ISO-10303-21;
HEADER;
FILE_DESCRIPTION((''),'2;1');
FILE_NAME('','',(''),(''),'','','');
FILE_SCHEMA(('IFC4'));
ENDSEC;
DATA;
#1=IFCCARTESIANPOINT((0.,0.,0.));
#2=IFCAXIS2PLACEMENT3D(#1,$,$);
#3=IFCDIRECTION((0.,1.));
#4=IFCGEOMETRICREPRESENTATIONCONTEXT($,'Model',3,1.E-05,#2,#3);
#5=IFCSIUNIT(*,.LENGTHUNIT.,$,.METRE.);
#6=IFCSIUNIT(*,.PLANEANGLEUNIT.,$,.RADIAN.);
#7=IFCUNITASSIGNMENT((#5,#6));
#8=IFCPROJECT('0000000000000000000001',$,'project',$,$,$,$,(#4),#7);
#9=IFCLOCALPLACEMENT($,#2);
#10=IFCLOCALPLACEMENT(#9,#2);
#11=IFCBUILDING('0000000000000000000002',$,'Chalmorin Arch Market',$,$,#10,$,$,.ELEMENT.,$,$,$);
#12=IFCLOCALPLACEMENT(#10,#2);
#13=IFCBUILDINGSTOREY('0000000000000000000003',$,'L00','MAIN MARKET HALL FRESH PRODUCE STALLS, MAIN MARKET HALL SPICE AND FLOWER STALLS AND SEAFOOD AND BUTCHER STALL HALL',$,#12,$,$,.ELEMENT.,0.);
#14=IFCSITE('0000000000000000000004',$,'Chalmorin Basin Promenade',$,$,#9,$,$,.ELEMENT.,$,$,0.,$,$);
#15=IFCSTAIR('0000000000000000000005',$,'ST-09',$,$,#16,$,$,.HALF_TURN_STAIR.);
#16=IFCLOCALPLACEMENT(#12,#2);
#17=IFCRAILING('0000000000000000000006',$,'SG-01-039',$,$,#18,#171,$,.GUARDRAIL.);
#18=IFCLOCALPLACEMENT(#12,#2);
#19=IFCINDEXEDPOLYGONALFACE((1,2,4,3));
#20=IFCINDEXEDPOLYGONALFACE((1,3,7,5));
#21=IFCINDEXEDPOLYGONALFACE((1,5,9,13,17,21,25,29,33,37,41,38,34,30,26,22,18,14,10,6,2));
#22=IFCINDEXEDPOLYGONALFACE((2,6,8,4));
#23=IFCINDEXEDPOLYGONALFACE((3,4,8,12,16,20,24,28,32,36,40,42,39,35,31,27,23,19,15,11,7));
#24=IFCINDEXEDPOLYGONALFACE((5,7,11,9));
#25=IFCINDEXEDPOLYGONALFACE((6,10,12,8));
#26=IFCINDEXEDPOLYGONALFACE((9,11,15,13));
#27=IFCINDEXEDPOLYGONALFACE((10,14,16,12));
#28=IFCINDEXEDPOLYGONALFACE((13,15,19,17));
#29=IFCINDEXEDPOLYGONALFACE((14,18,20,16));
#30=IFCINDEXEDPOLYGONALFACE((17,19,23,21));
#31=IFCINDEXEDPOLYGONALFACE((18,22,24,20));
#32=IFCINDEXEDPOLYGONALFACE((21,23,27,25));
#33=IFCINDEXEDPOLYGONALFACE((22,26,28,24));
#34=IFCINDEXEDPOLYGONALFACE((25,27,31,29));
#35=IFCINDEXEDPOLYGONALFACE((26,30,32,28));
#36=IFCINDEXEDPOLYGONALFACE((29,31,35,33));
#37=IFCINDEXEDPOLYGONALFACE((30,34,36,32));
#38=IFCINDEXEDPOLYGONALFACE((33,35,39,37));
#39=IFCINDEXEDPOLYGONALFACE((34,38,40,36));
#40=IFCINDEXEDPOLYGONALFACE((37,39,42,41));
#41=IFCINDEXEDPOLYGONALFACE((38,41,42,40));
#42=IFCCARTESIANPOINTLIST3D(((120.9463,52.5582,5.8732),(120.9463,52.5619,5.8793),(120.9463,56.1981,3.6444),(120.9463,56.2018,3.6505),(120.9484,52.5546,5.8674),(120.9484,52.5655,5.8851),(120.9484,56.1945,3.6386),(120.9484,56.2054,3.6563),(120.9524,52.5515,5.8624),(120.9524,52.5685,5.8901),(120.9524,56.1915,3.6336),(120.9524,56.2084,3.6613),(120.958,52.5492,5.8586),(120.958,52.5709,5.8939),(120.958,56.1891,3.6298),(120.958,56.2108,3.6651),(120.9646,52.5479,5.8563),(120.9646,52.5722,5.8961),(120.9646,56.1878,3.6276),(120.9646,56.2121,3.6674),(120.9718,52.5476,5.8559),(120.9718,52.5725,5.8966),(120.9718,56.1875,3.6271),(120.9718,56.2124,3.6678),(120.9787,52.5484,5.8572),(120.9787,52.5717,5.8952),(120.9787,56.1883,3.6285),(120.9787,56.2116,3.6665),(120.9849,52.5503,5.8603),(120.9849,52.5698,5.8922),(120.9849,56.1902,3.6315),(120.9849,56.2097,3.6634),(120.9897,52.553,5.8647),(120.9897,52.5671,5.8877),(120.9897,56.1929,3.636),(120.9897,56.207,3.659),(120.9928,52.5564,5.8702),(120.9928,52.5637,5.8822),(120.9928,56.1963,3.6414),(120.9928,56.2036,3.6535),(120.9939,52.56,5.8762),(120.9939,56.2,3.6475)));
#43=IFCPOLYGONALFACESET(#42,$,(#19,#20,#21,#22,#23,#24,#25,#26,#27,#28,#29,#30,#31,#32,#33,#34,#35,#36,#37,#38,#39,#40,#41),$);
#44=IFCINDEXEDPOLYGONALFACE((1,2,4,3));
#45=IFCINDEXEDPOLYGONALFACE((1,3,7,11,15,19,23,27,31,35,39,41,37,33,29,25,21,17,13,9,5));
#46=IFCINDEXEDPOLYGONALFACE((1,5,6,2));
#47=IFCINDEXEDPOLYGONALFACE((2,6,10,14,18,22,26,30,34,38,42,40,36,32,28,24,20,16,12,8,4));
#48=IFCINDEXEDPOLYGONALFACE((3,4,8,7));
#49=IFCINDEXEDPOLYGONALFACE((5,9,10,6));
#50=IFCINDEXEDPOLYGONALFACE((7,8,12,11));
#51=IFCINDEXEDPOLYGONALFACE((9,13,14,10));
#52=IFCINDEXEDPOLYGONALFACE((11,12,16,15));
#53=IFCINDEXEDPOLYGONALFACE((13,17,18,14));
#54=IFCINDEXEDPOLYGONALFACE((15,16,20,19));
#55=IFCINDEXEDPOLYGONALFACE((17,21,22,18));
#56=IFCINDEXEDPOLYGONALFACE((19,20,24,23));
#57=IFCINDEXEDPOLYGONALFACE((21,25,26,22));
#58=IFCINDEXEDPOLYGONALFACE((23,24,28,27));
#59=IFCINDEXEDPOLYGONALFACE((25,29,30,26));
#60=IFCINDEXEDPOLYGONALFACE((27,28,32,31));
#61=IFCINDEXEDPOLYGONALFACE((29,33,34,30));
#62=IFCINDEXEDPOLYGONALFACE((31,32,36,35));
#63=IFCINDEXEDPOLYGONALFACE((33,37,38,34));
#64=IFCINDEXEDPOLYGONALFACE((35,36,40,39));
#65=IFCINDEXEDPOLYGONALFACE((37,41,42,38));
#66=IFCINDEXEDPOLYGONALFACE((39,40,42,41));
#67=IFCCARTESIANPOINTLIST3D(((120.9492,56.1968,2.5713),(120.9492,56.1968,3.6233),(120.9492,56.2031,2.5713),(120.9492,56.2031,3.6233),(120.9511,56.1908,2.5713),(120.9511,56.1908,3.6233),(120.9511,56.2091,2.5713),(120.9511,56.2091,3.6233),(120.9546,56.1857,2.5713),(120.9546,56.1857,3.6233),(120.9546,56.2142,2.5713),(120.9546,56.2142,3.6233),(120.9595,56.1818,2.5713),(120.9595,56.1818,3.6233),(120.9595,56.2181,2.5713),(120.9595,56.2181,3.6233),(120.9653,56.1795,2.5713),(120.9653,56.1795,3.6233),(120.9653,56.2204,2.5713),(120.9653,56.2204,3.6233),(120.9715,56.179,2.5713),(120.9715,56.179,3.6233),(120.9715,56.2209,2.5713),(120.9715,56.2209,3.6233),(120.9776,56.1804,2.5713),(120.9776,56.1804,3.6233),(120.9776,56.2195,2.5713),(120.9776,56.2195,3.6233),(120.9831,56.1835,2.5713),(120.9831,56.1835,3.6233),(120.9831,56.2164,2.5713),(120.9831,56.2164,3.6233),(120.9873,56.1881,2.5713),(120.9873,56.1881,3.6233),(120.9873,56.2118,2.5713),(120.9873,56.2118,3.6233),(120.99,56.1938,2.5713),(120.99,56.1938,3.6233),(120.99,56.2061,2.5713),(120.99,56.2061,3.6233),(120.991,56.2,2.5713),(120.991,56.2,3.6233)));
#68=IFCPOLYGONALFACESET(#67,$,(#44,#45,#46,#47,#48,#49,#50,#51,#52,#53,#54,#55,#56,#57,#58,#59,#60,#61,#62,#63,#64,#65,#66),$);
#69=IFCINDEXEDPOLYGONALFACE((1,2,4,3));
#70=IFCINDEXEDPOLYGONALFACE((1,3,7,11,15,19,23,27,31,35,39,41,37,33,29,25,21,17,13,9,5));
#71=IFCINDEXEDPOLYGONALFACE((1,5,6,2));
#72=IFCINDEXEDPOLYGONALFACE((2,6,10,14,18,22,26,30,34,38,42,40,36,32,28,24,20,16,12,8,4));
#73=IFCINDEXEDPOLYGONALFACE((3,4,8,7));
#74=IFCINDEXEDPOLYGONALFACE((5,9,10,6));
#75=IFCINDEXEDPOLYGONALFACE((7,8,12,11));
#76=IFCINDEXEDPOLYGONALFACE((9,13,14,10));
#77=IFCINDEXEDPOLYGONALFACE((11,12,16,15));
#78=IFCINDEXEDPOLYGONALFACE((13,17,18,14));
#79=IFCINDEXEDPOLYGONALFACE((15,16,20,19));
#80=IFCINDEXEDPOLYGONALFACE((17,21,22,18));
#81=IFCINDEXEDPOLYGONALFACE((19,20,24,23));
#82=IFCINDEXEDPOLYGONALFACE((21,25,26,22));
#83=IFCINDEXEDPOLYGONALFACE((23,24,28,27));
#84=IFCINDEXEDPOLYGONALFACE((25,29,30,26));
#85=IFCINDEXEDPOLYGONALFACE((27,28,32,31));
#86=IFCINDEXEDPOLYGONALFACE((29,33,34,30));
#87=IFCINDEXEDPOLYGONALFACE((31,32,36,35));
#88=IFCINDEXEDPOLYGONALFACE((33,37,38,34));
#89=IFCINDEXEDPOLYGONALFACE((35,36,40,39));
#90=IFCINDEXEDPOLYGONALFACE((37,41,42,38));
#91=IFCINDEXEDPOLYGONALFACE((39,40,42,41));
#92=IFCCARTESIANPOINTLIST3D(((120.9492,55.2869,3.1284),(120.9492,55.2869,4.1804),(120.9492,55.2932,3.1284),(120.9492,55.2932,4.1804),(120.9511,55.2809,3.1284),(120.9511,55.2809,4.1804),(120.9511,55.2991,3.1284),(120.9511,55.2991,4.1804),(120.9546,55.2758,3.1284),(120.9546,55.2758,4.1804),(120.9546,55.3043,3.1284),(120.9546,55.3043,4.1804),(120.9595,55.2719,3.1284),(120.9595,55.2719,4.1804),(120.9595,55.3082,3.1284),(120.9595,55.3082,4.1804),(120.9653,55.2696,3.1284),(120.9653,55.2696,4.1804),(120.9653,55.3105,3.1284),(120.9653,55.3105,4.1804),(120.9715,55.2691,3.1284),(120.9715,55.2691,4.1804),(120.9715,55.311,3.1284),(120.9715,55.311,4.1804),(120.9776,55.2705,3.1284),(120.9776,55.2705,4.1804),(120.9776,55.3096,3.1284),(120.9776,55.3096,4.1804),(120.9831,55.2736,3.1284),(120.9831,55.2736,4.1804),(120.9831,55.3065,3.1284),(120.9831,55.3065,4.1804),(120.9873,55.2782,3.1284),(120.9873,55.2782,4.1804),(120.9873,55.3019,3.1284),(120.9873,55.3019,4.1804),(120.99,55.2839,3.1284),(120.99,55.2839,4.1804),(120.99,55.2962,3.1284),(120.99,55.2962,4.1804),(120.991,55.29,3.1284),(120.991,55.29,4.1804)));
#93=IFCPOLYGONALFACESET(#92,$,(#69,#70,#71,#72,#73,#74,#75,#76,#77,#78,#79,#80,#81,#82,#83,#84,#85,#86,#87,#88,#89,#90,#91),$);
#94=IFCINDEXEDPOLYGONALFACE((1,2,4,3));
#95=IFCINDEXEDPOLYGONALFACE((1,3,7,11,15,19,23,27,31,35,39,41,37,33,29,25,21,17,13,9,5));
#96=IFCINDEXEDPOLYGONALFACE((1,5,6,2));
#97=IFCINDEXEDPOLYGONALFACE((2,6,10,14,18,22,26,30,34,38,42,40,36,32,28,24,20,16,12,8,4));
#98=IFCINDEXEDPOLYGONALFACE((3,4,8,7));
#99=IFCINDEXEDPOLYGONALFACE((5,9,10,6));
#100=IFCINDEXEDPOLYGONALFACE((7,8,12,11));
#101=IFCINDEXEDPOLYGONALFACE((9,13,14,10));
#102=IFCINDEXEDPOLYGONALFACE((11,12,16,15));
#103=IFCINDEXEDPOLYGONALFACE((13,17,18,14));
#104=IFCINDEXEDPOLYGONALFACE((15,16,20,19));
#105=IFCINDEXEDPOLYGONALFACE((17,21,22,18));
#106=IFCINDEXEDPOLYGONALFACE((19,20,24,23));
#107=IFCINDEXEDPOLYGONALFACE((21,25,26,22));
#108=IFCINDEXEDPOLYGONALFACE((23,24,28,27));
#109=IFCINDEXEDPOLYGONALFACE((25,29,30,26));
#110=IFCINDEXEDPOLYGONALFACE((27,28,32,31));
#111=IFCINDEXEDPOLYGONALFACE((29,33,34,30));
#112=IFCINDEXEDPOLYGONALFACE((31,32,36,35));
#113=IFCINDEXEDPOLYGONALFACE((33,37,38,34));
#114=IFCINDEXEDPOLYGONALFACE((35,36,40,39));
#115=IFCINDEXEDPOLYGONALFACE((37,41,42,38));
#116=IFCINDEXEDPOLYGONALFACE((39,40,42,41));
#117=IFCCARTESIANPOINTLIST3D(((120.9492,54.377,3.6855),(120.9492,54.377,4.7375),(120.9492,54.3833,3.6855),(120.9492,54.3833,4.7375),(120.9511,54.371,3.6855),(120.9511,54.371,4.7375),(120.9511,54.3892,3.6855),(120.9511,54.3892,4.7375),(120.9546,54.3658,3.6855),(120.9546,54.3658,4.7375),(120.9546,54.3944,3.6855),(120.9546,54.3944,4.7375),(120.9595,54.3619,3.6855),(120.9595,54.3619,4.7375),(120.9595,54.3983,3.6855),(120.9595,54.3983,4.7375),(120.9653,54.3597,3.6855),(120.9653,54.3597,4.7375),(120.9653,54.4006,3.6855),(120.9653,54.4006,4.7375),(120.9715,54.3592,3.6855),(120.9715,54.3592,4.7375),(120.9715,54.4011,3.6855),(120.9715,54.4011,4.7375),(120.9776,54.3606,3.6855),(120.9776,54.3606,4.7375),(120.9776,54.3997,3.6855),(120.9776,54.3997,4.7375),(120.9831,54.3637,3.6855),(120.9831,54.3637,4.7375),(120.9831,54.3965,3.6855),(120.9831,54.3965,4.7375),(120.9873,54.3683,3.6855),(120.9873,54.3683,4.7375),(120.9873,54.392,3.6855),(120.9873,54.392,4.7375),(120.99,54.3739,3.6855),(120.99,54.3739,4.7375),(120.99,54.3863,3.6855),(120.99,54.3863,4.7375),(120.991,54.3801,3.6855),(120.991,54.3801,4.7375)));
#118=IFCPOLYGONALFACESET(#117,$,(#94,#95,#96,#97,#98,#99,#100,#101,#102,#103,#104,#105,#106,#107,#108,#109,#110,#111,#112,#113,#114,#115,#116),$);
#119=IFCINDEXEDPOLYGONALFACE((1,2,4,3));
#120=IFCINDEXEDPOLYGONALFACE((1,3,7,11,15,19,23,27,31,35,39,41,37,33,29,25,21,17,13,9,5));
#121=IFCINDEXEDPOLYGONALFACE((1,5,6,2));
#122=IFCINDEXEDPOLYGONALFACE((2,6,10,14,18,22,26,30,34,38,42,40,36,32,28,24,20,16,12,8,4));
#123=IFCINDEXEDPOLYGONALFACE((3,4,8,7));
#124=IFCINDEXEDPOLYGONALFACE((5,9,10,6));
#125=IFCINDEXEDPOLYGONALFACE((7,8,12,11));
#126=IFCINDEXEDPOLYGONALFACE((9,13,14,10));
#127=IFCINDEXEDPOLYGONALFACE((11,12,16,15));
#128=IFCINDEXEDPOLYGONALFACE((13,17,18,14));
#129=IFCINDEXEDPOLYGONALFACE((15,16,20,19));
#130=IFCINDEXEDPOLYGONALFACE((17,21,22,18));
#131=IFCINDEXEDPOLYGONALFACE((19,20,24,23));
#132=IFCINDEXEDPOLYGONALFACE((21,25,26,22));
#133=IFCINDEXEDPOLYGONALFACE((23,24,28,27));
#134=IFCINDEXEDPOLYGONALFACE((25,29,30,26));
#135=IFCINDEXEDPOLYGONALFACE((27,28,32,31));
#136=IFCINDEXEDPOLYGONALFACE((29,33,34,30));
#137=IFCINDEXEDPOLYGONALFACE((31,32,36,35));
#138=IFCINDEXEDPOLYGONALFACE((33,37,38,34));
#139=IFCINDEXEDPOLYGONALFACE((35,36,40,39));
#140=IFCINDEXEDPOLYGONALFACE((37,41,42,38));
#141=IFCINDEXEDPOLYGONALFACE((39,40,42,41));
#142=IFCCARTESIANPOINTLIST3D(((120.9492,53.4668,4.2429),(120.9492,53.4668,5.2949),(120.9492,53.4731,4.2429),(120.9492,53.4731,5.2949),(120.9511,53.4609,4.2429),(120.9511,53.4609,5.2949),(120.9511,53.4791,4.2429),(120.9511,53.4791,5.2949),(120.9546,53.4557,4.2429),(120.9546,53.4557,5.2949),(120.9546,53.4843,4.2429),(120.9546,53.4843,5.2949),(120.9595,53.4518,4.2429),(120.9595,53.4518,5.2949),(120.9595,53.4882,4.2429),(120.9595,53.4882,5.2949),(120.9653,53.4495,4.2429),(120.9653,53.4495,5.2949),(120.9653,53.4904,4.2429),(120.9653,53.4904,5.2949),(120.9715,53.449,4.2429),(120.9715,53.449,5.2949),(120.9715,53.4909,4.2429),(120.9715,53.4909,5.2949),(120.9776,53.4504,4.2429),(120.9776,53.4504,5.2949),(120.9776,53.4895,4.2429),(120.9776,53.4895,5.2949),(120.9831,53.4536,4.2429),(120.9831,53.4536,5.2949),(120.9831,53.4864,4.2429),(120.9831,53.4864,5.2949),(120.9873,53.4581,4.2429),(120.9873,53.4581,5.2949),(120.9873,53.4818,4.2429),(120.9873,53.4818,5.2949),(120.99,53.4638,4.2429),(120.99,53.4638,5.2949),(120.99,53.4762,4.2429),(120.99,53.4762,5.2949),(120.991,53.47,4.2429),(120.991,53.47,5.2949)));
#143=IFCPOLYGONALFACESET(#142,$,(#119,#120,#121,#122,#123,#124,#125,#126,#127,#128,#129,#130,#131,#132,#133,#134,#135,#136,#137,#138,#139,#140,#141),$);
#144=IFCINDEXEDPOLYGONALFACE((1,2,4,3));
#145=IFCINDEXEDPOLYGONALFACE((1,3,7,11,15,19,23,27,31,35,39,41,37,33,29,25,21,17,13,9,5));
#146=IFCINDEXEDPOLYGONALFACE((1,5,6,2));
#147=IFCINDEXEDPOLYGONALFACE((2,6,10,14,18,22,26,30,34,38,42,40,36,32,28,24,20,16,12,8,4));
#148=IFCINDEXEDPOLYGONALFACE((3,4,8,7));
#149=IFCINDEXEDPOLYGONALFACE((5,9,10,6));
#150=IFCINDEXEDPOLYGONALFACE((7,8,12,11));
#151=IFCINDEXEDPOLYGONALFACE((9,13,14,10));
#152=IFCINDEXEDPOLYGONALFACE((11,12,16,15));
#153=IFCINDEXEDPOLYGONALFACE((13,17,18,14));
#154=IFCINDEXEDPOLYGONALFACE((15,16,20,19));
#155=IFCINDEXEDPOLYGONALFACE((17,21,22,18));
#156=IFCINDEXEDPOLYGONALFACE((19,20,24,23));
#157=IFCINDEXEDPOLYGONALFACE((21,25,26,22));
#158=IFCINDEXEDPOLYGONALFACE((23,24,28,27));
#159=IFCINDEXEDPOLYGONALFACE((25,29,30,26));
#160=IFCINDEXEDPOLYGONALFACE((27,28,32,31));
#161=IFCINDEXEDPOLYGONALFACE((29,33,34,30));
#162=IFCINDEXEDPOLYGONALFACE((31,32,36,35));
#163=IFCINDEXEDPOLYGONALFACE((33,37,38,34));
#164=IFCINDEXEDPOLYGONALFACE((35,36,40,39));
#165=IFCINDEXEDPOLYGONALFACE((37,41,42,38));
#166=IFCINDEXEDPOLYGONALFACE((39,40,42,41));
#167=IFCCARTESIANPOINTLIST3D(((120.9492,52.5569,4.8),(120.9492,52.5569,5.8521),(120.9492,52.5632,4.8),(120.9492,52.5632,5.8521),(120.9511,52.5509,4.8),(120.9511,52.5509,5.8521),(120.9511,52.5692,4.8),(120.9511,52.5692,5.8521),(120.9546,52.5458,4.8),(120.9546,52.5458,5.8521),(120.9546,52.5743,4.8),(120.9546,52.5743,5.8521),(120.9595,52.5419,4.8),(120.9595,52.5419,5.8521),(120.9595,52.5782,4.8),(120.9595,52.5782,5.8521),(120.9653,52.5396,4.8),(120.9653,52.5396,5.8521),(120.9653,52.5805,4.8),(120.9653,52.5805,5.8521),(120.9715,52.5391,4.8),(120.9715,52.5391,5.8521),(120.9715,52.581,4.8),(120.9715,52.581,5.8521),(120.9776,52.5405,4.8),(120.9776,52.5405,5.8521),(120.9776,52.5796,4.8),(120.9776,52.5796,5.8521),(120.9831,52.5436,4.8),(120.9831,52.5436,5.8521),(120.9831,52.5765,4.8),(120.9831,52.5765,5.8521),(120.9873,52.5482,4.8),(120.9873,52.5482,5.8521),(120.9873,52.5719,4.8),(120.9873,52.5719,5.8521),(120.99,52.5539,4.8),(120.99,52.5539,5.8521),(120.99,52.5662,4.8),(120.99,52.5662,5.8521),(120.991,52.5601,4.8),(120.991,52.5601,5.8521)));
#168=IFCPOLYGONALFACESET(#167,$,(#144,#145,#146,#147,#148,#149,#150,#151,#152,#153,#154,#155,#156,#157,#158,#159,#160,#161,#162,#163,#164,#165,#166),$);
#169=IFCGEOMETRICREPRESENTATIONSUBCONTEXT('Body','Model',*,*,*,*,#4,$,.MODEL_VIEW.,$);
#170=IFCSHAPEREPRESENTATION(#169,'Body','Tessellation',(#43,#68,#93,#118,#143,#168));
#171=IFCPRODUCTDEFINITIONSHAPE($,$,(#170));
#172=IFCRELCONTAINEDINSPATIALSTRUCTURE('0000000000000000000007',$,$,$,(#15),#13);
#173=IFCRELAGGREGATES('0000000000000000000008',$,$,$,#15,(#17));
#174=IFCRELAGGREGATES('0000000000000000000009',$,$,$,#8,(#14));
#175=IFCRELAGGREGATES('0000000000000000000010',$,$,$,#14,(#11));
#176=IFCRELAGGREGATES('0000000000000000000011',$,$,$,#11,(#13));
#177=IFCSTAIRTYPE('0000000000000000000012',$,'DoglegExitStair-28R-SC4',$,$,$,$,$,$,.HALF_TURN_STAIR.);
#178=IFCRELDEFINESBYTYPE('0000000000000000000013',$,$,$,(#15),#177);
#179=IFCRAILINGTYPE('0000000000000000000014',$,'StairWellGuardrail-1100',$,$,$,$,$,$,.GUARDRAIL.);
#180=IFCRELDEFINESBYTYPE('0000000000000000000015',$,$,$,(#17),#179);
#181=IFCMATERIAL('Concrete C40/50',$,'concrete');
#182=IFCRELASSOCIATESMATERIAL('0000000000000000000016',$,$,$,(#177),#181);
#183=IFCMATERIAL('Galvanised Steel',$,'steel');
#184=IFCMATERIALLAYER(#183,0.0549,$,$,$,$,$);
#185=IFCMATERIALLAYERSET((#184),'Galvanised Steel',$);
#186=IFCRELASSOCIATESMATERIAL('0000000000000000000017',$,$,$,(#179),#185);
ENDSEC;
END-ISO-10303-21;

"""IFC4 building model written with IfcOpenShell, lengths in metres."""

from ifc_helpers import new_model, si_unit, direction, frame, origin, origin_2d, place, context, subcontext, project, spatial, circle, extrude, material, layer, layer_set, type_object, element, aggregate, save


model = new_model("IFC4")

# Units and contexts
model_context = context("Model", 3, precision=1e-05, world=origin(), true_north=direction((0.0, 1.0)))
body_context = subcontext(model_context, "Body", "Model", "MODEL_VIEW")
ifc_project = project(units=[si_unit("LENGTHUNIT", "METRE"), si_unit("PLANEANGLEUNIT", "RADIAN")], contexts=[model_context])

# Site, building, storey
site_placement = place(None, origin())
site = spatial("IfcSite", under=ifc_project, at=site_placement, Name="Chalmorin Basin Promenade", CompositionType="ELEMENT", RefElevation=0.0)
building_placement = place(site_placement, origin())
building = spatial("IfcBuilding", under=site, at=building_placement, Name="Chalmorin Arch Market", CompositionType="ELEMENT")
storey_placement = place(building_placement, origin())
storey = spatial("IfcBuildingStorey", under=building, at=storey_placement, Name="L00", Description="MAIN MARKET HALL FRESH PRODUCE STALLS, MAIN MARKET HALL SPICE AND FLOWER STALLS AND SEAFOOD AND BUTCHER STALL HALL", CompositionType="ELEMENT", Elevation=0.0)

# Shared definitions
ifc_material_1 = material(Name="Concrete C40/50", Category="concrete")

# Stair, railing
stair_type = type_object("IfcStairType", Name="DoglegExitStair-28R-SC4", PredefinedType="HALF_TURN_STAIR", material=ifc_material_1)
stair_placement = place(storey_placement, origin())
stair = element("IfcStair", 1, at=stair_placement, inside=storey, type_object=stair_type, Name="ST-09", PredefinedType="HALF_TURN_STAIR")
ifc_material_2 = material(Name="Galvanised Steel", Category="steel")
ifc_layer_1 = layer(ifc_material_2, 0.0549)
ifc_layer_set_1 = layer_set([ifc_layer_1], Name="Galvanised Steel")
railing_type_1 = type_object("IfcRailingType", Name="StairWellGuardrail-1100", PredefinedType="GUARDRAIL", material=ifc_layer_set_1)
railing_1_placement = place(storey_placement, frame((120.97, 56.2, 2.5713)))
railing_1 = element("IfcRailing", 2, at=railing_1_placement, type_object=railing_type_1, Name="SG-01-039", PredefinedType="GUARDRAIL", context=body_context, shape_type="SweptSolid", body=[
    extrude(circle(Radius=0.0239, at=origin_2d()), frame((0.0, 0.0, 1.0762), z_axis=(0.0, -0.852825, 0.522197), x_axis=(1.0, 0.0, 0.0)), (0.0, 0.0, 1.0), 4.2681),
    extrude(circle(Radius=0.021, at=origin_2d()), origin(), (0.0, 0.0, 1.0), 1.052),
    extrude(circle(Radius=0.021, at=origin_2d()), frame((0.0, -0.9099, 0.5571)), (0.0, 0.0, 1.0), 1.052),
    extrude(circle(Radius=0.021, at=origin_2d()), frame((0.0, -1.8198, 1.1143)), (0.0, 0.0, 1.0), 1.052),
    extrude(circle(Radius=0.021, at=origin_2d()), frame((0.0, -2.73, 1.6716)), (0.0, 0.0, 1.0), 1.052),
    extrude(circle(Radius=0.021, at=origin_2d()), frame((0.0, -3.6399, 2.2288)), (0.0, 0.0, 1.0), 1.052),
])
aggregate(stair, [railing_1])

save(model, "model.ifc")
